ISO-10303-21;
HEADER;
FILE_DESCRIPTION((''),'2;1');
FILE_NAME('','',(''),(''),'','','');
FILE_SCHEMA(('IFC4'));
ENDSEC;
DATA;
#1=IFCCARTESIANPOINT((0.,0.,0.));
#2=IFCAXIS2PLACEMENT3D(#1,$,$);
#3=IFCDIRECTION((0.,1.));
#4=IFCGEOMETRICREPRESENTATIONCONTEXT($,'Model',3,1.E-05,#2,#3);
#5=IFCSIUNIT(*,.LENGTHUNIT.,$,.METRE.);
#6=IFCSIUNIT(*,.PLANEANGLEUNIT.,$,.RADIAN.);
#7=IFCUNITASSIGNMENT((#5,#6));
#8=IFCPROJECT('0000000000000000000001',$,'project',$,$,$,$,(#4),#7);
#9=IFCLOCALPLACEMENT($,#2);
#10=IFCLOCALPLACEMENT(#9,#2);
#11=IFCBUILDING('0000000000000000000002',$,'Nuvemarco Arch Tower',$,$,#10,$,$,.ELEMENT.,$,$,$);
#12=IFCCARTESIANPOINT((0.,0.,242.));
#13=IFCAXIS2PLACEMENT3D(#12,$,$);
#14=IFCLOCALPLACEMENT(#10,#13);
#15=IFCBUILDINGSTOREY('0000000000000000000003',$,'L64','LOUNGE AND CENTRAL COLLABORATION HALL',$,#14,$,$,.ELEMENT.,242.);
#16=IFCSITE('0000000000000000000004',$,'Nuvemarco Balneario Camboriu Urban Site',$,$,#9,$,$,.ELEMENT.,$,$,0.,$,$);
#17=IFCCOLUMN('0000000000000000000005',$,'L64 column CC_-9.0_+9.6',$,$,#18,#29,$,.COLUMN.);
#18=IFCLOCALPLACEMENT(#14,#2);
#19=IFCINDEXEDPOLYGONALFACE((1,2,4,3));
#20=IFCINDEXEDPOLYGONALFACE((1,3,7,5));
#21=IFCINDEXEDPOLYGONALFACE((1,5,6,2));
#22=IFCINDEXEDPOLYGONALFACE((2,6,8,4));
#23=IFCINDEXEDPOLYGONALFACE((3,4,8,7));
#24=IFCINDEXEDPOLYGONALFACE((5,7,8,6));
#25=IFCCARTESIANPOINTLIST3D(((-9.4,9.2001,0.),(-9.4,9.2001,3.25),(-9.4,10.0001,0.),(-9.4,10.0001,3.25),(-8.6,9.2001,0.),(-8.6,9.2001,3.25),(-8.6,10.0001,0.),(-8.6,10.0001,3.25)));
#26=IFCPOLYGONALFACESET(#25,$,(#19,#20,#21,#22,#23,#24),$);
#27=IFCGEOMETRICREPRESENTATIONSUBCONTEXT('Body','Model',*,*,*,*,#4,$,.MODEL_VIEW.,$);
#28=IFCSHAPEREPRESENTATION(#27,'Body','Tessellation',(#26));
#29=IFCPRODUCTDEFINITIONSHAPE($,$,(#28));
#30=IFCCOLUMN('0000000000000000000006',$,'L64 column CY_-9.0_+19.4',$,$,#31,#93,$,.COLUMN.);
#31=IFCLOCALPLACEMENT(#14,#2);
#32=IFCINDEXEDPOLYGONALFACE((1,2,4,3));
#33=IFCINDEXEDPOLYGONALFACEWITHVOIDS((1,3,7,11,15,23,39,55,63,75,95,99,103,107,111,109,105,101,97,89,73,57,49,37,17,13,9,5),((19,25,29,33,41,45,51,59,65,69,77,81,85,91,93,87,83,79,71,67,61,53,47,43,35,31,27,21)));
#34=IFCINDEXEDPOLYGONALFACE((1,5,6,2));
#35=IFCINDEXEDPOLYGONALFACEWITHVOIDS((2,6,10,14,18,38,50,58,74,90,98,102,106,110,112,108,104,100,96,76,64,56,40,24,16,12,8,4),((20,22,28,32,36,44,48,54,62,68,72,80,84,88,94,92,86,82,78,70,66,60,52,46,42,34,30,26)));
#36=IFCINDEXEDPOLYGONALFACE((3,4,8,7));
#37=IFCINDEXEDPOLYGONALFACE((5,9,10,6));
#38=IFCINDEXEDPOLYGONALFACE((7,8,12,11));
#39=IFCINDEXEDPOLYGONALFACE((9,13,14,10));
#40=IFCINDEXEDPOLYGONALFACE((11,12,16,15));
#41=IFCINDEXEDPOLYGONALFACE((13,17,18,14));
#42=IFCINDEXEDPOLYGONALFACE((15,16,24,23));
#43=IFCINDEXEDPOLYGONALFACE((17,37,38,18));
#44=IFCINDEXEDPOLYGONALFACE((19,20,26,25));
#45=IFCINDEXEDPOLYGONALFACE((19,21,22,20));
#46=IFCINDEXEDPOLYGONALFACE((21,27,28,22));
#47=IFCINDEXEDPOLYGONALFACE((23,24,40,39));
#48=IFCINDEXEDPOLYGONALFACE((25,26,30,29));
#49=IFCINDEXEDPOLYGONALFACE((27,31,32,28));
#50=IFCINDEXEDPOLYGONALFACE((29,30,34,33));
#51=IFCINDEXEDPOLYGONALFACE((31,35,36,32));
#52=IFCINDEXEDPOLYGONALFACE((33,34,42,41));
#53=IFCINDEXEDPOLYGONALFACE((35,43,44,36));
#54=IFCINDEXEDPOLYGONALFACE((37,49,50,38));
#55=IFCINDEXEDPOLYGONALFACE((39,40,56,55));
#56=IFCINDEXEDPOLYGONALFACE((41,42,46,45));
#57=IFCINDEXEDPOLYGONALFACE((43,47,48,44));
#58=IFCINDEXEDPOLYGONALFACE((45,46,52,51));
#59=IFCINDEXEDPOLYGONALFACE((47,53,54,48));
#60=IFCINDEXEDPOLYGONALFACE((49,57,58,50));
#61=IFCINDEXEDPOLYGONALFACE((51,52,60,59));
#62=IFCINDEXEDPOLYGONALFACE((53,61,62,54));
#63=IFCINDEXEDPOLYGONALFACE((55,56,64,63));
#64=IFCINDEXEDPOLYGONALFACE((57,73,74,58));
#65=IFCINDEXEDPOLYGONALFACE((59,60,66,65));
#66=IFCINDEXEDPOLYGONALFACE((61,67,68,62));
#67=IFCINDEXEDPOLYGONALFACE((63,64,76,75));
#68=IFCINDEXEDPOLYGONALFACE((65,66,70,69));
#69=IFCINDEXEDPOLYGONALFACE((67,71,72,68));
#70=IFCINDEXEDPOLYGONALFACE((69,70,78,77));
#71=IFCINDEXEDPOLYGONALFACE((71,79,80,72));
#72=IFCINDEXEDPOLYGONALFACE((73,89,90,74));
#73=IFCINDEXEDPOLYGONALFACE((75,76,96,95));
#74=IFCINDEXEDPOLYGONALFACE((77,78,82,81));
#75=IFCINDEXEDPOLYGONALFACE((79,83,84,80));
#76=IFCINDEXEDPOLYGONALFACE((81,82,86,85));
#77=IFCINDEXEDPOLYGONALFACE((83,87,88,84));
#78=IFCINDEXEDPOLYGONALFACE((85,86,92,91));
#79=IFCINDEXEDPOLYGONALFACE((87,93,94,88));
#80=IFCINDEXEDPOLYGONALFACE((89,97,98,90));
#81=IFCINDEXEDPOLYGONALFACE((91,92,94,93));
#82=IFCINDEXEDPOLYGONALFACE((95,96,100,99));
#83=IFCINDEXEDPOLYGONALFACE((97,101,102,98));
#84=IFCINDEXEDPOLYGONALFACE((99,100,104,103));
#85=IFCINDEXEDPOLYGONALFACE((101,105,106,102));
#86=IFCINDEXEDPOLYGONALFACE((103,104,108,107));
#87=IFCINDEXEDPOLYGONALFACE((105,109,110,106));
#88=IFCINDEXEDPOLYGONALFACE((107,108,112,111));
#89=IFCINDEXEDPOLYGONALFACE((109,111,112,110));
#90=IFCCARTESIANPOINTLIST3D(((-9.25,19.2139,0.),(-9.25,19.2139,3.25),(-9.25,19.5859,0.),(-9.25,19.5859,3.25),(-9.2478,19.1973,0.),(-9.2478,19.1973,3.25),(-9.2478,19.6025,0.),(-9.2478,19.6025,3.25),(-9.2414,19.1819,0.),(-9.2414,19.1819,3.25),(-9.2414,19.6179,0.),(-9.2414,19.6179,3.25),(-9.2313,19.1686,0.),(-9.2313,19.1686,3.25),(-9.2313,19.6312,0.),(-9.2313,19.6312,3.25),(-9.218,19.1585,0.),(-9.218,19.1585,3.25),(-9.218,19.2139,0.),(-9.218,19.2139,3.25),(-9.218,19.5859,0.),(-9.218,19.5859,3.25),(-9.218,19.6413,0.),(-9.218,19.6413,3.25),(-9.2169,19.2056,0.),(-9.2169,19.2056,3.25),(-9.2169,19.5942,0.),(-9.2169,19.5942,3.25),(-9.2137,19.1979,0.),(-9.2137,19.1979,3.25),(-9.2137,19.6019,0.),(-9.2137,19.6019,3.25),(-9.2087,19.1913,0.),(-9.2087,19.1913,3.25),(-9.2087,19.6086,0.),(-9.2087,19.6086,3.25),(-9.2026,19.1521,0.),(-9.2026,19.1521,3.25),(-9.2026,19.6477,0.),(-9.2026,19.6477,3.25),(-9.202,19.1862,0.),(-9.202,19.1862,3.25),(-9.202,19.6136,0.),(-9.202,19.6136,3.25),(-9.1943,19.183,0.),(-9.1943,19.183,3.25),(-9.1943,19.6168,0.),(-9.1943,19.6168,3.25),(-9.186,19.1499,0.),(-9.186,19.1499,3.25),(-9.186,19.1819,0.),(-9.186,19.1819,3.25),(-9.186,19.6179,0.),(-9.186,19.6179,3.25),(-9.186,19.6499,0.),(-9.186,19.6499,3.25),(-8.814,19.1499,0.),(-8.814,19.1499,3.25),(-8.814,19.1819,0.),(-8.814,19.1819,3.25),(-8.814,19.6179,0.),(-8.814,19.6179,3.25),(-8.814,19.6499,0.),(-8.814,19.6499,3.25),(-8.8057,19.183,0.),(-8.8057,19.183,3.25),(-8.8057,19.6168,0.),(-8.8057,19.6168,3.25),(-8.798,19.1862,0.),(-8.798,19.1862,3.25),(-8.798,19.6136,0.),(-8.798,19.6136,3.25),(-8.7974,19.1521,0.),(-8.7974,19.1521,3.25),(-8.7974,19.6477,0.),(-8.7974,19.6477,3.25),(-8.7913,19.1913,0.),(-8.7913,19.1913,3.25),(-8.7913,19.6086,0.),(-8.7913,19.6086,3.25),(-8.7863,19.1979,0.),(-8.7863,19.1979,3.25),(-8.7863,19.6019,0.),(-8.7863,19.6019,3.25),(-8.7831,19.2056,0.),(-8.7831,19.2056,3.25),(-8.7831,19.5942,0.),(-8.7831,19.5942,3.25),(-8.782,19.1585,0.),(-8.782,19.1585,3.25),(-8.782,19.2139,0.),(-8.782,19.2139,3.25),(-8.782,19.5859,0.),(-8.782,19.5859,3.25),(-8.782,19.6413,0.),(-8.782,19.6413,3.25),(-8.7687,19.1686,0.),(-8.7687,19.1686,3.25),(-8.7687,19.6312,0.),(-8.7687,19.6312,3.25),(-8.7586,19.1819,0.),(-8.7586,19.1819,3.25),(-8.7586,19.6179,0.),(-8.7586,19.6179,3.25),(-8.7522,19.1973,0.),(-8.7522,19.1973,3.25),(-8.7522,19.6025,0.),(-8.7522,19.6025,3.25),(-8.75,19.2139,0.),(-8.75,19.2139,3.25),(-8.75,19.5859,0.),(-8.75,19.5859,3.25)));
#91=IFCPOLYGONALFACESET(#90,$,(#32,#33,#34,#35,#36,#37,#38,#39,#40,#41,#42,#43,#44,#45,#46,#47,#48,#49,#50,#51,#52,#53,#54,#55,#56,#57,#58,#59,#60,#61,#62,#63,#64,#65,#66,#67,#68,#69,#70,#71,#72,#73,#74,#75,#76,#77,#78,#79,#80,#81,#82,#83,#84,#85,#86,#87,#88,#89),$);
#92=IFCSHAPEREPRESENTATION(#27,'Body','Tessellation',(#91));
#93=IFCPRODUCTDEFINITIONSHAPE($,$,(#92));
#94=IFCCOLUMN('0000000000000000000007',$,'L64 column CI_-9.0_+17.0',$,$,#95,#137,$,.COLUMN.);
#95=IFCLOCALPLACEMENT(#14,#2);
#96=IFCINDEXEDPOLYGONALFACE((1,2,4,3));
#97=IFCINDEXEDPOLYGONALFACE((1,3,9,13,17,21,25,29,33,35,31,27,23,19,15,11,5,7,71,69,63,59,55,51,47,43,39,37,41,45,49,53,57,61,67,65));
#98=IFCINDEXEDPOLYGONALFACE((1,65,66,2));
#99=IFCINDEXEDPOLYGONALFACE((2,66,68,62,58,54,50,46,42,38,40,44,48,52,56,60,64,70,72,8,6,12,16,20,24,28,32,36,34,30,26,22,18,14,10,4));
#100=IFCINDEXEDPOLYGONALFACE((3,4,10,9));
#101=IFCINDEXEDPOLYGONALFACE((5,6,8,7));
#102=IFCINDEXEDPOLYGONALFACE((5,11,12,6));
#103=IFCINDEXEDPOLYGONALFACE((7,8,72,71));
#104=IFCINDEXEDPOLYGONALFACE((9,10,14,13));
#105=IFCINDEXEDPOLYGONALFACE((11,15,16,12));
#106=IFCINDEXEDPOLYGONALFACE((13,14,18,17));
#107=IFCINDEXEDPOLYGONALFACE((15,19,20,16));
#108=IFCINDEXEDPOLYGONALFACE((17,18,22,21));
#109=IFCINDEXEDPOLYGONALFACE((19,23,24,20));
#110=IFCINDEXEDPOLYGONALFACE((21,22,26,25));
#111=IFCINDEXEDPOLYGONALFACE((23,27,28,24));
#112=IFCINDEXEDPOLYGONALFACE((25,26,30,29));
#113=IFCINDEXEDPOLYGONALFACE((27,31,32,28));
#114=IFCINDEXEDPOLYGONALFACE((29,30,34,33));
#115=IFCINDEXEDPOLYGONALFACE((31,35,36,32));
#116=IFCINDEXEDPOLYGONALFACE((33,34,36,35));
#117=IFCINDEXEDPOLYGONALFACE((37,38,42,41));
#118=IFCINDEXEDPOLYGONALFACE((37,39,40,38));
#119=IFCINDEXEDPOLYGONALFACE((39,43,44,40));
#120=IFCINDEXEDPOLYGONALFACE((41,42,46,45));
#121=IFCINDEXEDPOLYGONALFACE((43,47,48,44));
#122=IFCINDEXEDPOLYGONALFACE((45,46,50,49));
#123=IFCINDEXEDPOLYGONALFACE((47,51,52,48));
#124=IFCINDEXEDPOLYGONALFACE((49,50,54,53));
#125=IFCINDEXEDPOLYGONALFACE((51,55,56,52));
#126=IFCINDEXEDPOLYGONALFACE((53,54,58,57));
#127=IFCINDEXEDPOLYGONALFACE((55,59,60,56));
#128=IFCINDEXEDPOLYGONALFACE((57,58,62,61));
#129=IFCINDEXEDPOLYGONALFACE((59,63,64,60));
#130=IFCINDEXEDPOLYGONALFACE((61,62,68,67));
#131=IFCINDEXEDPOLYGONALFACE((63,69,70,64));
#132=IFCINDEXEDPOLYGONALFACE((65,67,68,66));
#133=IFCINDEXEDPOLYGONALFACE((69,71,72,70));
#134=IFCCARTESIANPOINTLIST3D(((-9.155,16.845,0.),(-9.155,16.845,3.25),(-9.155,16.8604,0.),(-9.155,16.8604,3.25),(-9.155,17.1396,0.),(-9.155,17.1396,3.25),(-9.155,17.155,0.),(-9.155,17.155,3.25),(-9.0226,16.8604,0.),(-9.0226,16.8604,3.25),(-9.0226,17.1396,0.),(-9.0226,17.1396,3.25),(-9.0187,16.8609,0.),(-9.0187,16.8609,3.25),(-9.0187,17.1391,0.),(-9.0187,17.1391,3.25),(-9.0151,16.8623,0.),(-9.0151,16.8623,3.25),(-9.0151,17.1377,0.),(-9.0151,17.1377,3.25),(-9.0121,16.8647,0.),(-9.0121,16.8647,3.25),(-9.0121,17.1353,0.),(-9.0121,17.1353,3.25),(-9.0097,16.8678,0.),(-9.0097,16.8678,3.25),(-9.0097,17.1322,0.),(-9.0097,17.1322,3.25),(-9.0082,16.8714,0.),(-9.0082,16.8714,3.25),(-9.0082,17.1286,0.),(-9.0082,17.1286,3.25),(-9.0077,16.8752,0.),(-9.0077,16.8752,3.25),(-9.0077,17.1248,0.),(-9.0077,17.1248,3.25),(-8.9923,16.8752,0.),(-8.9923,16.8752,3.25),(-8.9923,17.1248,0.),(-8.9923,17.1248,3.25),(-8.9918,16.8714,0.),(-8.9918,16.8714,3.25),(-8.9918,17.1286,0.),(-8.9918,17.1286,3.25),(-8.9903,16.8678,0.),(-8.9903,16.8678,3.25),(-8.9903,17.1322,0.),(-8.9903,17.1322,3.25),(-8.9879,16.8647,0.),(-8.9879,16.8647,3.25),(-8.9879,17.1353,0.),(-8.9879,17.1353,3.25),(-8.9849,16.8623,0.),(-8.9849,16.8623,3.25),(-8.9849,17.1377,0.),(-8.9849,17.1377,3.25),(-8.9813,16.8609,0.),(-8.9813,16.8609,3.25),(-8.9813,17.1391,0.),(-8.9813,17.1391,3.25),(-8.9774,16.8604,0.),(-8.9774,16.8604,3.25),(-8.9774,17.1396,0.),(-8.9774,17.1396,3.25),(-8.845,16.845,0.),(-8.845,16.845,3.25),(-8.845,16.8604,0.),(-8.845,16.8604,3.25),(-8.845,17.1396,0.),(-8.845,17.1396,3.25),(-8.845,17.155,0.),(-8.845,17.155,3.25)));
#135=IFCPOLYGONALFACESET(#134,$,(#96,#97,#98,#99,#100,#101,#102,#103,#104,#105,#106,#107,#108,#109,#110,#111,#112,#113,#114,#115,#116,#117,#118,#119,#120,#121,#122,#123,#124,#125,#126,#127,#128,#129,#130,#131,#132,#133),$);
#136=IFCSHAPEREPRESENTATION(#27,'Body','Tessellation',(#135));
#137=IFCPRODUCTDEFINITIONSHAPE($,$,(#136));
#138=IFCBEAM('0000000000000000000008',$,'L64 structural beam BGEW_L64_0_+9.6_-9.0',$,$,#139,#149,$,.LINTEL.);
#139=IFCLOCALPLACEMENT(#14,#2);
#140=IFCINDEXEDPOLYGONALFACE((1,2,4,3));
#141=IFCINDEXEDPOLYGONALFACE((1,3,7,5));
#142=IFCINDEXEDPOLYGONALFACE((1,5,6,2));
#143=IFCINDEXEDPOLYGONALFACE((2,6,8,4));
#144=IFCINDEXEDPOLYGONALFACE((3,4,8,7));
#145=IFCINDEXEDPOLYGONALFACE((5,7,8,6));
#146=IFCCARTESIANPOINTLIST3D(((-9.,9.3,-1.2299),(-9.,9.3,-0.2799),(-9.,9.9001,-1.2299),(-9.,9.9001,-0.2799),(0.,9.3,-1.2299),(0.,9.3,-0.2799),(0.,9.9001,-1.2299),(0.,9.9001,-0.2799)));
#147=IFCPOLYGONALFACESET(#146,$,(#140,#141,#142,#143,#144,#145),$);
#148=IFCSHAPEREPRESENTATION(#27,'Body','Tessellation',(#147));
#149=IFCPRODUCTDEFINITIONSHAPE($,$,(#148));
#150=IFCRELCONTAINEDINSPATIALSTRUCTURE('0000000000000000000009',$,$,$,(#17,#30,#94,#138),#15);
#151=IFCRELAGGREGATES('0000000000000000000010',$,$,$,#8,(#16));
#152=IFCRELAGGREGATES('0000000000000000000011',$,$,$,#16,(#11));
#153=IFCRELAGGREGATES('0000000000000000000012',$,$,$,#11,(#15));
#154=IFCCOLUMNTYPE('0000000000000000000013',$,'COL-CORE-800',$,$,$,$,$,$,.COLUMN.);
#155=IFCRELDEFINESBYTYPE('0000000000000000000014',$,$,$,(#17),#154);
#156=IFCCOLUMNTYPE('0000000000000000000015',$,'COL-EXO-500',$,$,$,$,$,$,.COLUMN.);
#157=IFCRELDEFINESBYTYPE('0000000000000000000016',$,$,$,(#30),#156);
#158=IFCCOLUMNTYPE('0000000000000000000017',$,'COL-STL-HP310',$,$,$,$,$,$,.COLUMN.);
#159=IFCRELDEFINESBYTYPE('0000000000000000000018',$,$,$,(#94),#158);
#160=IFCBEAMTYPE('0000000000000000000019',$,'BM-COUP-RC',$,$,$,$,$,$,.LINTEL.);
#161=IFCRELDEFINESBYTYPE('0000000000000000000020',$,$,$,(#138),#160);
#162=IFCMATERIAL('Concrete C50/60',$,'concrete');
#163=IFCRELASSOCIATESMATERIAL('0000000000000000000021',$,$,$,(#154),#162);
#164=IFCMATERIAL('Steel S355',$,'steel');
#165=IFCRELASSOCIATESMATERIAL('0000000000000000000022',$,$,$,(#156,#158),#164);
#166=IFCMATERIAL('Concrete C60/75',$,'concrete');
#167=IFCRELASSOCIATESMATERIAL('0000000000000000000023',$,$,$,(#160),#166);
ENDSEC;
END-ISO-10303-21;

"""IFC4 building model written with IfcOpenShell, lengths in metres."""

from ifc_helpers import new_model, si_unit, direction, frame, origin, origin_2d, place, context, subcontext, project, spatial, rectangle, hollow_rectangle, i_section, extrude, material, material_profile, profile_set, type_object, element, save


model = new_model("IFC4")

# Units and contexts
model_context = context("Model", 3, precision=1e-05, world=origin(), true_north=direction((0.0, 1.0)))
body_context = subcontext(model_context, "Body", "Model", "MODEL_VIEW")
ifc_project = project(units=[si_unit("LENGTHUNIT", "METRE"), si_unit("PLANEANGLEUNIT", "RADIAN")], contexts=[model_context])

# Site, building, storey
site_placement = place(None, origin())
site = spatial("IfcSite", under=ifc_project, at=site_placement, Name="Nuvemarco Balneario Camboriu Urban Site", CompositionType="ELEMENT", RefElevation=0.0)
building_placement = place(site_placement, origin())
building = spatial("IfcBuilding", under=site, at=building_placement, Name="Nuvemarco Arch Tower", CompositionType="ELEMENT")
storey_placement = place(building_placement, frame((0.0, 0.0, 242.0)))
storey = spatial("IfcBuildingStorey", under=building, at=storey_placement, Name="L64", Description="LOUNGE AND CENTRAL COLLABORATION HALL", CompositionType="ELEMENT", Elevation=242.0)

# Columns
ifc_material_1 = material(Name="Concrete C50/60", Category="concrete")
ifc_material_profile_1 = material_profile(ifc_material_1, rectangle(XDim=0.8, YDim=0.8, at=origin_2d()), Name="RC-COL-800x800")
ifc_profile_set_1 = profile_set([ifc_material_profile_1], Name="Concrete C50/60")
column_type_1 = type_object("IfcColumnType", Name="COL-CORE-800", PredefinedType="COLUMN", material=ifc_profile_set_1)
column_1_placement = place(storey_placement, frame((-9.0, 9.6001, 0.0), z_axis=(0.0, 0.0, 1.0), x_axis=(1.0, 0.0, 0.0)))
element("IfcColumn", 1, at=column_1_placement, inside=storey, type_object=column_type_1, Name="L64 column CC_-9.0_+9.6", PredefinedType="COLUMN", context=body_context, shape_type="SweptSolid", body=[
    extrude(rectangle(XDim=0.8, YDim=0.8, at=origin_2d()), origin(), (0.0, 0.0, 1.0), 3.25),
])
ifc_material_2 = material(Name="Steel S355", Category="steel")
ifc_material_profile_2 = material_profile(ifc_material_2, hollow_rectangle(XDim=0.5, YDim=0.5, WallThickness=0.032, InnerFilletRadius=0.032, OuterFilletRadius=0.064, at=origin_2d()), Name="SHS500x500x32")
ifc_profile_set_2 = profile_set([ifc_material_profile_2], Name="Steel S355")
column_type_2 = type_object("IfcColumnType", Name="COL-EXO-500", PredefinedType="COLUMN", material=ifc_profile_set_2)
column_2_placement = place(storey_placement, frame((-9.0, 19.3999, 0.0), z_axis=(0.0, 0.0, 1.0), x_axis=(1.0, 0.0, 0.0)))
element("IfcColumn", 2, at=column_2_placement, inside=storey, type_object=column_type_2, Name="L64 column CY_-9.0_+19.4", PredefinedType="COLUMN", context=body_context, shape_type="SweptSolid", body=[
    extrude(hollow_rectangle(XDim=0.5, YDim=0.5, WallThickness=0.032, InnerFilletRadius=0.032, OuterFilletRadius=0.064, at=origin_2d()), origin(), (0.0, 0.0, 1.0), 3.25),
])
ifc_material_profile_3 = material_profile(ifc_material_2, i_section(OverallWidth=0.3101, OverallDepth=0.3101, WebThickness=0.0154, FlangeThickness=0.0154, FilletRadius=0.0149, at=origin_2d()), Name="HP310x110")
ifc_profile_set_3 = profile_set([ifc_material_profile_3], Name="Steel S355")
column_type_3 = type_object("IfcColumnType", Name="COL-STL-HP310", PredefinedType="COLUMN", material=ifc_profile_set_3)
column_3_placement = place(storey_placement, frame((-9.0, 17.0, 0.0), z_axis=(0.0, 0.0, 1.0), x_axis=(1.0, 0.0, 0.0)))
element("IfcColumn", 3, at=column_3_placement, inside=storey, type_object=column_type_3, Name="L64 column CI_-9.0_+17.0", PredefinedType="COLUMN", context=body_context, shape_type="SweptSolid", body=[
    extrude(i_section(OverallWidth=0.3101, OverallDepth=0.3101, WebThickness=0.0154, FlangeThickness=0.0154, FilletRadius=0.0149, at=origin_2d()), origin(), (0.0, 0.0, 1.0), 3.25),
])

# Beam
ifc_material_3 = material(Name="Concrete C60/75", Category="concrete")
ifc_material_profile_4 = material_profile(ifc_material_3, rectangle(XDim=0.6001, YDim=0.95, at=origin_2d()), Name="RC-BM-600x950")
ifc_profile_set_4 = profile_set([ifc_material_profile_4], Name="Concrete C60/75")
beam_type_1 = type_object("IfcBeamType", Name="BM-COUP-RC", PredefinedType="LINTEL", material=ifc_profile_set_4)
beam_1_placement = place(storey_placement, frame((-9.0, 9.6001, -0.7549), z_axis=(1.0, 0.0, 0.0), x_axis=(0.0, 1.0, 0.0)))
element("IfcBeam", 4, at=beam_1_placement, inside=storey, type_object=beam_type_1, Name="L64 structural beam BGEW_L64_0_+9.6_-9.0", PredefinedType="LINTEL", context=body_context, shape_type="SweptSolid", body=[
    extrude(rectangle(XDim=0.6001, YDim=0.95, at=origin_2d()), origin(), (0.0, 0.0, 1.0), 9.0),
])

save(model, "model.ifc")
